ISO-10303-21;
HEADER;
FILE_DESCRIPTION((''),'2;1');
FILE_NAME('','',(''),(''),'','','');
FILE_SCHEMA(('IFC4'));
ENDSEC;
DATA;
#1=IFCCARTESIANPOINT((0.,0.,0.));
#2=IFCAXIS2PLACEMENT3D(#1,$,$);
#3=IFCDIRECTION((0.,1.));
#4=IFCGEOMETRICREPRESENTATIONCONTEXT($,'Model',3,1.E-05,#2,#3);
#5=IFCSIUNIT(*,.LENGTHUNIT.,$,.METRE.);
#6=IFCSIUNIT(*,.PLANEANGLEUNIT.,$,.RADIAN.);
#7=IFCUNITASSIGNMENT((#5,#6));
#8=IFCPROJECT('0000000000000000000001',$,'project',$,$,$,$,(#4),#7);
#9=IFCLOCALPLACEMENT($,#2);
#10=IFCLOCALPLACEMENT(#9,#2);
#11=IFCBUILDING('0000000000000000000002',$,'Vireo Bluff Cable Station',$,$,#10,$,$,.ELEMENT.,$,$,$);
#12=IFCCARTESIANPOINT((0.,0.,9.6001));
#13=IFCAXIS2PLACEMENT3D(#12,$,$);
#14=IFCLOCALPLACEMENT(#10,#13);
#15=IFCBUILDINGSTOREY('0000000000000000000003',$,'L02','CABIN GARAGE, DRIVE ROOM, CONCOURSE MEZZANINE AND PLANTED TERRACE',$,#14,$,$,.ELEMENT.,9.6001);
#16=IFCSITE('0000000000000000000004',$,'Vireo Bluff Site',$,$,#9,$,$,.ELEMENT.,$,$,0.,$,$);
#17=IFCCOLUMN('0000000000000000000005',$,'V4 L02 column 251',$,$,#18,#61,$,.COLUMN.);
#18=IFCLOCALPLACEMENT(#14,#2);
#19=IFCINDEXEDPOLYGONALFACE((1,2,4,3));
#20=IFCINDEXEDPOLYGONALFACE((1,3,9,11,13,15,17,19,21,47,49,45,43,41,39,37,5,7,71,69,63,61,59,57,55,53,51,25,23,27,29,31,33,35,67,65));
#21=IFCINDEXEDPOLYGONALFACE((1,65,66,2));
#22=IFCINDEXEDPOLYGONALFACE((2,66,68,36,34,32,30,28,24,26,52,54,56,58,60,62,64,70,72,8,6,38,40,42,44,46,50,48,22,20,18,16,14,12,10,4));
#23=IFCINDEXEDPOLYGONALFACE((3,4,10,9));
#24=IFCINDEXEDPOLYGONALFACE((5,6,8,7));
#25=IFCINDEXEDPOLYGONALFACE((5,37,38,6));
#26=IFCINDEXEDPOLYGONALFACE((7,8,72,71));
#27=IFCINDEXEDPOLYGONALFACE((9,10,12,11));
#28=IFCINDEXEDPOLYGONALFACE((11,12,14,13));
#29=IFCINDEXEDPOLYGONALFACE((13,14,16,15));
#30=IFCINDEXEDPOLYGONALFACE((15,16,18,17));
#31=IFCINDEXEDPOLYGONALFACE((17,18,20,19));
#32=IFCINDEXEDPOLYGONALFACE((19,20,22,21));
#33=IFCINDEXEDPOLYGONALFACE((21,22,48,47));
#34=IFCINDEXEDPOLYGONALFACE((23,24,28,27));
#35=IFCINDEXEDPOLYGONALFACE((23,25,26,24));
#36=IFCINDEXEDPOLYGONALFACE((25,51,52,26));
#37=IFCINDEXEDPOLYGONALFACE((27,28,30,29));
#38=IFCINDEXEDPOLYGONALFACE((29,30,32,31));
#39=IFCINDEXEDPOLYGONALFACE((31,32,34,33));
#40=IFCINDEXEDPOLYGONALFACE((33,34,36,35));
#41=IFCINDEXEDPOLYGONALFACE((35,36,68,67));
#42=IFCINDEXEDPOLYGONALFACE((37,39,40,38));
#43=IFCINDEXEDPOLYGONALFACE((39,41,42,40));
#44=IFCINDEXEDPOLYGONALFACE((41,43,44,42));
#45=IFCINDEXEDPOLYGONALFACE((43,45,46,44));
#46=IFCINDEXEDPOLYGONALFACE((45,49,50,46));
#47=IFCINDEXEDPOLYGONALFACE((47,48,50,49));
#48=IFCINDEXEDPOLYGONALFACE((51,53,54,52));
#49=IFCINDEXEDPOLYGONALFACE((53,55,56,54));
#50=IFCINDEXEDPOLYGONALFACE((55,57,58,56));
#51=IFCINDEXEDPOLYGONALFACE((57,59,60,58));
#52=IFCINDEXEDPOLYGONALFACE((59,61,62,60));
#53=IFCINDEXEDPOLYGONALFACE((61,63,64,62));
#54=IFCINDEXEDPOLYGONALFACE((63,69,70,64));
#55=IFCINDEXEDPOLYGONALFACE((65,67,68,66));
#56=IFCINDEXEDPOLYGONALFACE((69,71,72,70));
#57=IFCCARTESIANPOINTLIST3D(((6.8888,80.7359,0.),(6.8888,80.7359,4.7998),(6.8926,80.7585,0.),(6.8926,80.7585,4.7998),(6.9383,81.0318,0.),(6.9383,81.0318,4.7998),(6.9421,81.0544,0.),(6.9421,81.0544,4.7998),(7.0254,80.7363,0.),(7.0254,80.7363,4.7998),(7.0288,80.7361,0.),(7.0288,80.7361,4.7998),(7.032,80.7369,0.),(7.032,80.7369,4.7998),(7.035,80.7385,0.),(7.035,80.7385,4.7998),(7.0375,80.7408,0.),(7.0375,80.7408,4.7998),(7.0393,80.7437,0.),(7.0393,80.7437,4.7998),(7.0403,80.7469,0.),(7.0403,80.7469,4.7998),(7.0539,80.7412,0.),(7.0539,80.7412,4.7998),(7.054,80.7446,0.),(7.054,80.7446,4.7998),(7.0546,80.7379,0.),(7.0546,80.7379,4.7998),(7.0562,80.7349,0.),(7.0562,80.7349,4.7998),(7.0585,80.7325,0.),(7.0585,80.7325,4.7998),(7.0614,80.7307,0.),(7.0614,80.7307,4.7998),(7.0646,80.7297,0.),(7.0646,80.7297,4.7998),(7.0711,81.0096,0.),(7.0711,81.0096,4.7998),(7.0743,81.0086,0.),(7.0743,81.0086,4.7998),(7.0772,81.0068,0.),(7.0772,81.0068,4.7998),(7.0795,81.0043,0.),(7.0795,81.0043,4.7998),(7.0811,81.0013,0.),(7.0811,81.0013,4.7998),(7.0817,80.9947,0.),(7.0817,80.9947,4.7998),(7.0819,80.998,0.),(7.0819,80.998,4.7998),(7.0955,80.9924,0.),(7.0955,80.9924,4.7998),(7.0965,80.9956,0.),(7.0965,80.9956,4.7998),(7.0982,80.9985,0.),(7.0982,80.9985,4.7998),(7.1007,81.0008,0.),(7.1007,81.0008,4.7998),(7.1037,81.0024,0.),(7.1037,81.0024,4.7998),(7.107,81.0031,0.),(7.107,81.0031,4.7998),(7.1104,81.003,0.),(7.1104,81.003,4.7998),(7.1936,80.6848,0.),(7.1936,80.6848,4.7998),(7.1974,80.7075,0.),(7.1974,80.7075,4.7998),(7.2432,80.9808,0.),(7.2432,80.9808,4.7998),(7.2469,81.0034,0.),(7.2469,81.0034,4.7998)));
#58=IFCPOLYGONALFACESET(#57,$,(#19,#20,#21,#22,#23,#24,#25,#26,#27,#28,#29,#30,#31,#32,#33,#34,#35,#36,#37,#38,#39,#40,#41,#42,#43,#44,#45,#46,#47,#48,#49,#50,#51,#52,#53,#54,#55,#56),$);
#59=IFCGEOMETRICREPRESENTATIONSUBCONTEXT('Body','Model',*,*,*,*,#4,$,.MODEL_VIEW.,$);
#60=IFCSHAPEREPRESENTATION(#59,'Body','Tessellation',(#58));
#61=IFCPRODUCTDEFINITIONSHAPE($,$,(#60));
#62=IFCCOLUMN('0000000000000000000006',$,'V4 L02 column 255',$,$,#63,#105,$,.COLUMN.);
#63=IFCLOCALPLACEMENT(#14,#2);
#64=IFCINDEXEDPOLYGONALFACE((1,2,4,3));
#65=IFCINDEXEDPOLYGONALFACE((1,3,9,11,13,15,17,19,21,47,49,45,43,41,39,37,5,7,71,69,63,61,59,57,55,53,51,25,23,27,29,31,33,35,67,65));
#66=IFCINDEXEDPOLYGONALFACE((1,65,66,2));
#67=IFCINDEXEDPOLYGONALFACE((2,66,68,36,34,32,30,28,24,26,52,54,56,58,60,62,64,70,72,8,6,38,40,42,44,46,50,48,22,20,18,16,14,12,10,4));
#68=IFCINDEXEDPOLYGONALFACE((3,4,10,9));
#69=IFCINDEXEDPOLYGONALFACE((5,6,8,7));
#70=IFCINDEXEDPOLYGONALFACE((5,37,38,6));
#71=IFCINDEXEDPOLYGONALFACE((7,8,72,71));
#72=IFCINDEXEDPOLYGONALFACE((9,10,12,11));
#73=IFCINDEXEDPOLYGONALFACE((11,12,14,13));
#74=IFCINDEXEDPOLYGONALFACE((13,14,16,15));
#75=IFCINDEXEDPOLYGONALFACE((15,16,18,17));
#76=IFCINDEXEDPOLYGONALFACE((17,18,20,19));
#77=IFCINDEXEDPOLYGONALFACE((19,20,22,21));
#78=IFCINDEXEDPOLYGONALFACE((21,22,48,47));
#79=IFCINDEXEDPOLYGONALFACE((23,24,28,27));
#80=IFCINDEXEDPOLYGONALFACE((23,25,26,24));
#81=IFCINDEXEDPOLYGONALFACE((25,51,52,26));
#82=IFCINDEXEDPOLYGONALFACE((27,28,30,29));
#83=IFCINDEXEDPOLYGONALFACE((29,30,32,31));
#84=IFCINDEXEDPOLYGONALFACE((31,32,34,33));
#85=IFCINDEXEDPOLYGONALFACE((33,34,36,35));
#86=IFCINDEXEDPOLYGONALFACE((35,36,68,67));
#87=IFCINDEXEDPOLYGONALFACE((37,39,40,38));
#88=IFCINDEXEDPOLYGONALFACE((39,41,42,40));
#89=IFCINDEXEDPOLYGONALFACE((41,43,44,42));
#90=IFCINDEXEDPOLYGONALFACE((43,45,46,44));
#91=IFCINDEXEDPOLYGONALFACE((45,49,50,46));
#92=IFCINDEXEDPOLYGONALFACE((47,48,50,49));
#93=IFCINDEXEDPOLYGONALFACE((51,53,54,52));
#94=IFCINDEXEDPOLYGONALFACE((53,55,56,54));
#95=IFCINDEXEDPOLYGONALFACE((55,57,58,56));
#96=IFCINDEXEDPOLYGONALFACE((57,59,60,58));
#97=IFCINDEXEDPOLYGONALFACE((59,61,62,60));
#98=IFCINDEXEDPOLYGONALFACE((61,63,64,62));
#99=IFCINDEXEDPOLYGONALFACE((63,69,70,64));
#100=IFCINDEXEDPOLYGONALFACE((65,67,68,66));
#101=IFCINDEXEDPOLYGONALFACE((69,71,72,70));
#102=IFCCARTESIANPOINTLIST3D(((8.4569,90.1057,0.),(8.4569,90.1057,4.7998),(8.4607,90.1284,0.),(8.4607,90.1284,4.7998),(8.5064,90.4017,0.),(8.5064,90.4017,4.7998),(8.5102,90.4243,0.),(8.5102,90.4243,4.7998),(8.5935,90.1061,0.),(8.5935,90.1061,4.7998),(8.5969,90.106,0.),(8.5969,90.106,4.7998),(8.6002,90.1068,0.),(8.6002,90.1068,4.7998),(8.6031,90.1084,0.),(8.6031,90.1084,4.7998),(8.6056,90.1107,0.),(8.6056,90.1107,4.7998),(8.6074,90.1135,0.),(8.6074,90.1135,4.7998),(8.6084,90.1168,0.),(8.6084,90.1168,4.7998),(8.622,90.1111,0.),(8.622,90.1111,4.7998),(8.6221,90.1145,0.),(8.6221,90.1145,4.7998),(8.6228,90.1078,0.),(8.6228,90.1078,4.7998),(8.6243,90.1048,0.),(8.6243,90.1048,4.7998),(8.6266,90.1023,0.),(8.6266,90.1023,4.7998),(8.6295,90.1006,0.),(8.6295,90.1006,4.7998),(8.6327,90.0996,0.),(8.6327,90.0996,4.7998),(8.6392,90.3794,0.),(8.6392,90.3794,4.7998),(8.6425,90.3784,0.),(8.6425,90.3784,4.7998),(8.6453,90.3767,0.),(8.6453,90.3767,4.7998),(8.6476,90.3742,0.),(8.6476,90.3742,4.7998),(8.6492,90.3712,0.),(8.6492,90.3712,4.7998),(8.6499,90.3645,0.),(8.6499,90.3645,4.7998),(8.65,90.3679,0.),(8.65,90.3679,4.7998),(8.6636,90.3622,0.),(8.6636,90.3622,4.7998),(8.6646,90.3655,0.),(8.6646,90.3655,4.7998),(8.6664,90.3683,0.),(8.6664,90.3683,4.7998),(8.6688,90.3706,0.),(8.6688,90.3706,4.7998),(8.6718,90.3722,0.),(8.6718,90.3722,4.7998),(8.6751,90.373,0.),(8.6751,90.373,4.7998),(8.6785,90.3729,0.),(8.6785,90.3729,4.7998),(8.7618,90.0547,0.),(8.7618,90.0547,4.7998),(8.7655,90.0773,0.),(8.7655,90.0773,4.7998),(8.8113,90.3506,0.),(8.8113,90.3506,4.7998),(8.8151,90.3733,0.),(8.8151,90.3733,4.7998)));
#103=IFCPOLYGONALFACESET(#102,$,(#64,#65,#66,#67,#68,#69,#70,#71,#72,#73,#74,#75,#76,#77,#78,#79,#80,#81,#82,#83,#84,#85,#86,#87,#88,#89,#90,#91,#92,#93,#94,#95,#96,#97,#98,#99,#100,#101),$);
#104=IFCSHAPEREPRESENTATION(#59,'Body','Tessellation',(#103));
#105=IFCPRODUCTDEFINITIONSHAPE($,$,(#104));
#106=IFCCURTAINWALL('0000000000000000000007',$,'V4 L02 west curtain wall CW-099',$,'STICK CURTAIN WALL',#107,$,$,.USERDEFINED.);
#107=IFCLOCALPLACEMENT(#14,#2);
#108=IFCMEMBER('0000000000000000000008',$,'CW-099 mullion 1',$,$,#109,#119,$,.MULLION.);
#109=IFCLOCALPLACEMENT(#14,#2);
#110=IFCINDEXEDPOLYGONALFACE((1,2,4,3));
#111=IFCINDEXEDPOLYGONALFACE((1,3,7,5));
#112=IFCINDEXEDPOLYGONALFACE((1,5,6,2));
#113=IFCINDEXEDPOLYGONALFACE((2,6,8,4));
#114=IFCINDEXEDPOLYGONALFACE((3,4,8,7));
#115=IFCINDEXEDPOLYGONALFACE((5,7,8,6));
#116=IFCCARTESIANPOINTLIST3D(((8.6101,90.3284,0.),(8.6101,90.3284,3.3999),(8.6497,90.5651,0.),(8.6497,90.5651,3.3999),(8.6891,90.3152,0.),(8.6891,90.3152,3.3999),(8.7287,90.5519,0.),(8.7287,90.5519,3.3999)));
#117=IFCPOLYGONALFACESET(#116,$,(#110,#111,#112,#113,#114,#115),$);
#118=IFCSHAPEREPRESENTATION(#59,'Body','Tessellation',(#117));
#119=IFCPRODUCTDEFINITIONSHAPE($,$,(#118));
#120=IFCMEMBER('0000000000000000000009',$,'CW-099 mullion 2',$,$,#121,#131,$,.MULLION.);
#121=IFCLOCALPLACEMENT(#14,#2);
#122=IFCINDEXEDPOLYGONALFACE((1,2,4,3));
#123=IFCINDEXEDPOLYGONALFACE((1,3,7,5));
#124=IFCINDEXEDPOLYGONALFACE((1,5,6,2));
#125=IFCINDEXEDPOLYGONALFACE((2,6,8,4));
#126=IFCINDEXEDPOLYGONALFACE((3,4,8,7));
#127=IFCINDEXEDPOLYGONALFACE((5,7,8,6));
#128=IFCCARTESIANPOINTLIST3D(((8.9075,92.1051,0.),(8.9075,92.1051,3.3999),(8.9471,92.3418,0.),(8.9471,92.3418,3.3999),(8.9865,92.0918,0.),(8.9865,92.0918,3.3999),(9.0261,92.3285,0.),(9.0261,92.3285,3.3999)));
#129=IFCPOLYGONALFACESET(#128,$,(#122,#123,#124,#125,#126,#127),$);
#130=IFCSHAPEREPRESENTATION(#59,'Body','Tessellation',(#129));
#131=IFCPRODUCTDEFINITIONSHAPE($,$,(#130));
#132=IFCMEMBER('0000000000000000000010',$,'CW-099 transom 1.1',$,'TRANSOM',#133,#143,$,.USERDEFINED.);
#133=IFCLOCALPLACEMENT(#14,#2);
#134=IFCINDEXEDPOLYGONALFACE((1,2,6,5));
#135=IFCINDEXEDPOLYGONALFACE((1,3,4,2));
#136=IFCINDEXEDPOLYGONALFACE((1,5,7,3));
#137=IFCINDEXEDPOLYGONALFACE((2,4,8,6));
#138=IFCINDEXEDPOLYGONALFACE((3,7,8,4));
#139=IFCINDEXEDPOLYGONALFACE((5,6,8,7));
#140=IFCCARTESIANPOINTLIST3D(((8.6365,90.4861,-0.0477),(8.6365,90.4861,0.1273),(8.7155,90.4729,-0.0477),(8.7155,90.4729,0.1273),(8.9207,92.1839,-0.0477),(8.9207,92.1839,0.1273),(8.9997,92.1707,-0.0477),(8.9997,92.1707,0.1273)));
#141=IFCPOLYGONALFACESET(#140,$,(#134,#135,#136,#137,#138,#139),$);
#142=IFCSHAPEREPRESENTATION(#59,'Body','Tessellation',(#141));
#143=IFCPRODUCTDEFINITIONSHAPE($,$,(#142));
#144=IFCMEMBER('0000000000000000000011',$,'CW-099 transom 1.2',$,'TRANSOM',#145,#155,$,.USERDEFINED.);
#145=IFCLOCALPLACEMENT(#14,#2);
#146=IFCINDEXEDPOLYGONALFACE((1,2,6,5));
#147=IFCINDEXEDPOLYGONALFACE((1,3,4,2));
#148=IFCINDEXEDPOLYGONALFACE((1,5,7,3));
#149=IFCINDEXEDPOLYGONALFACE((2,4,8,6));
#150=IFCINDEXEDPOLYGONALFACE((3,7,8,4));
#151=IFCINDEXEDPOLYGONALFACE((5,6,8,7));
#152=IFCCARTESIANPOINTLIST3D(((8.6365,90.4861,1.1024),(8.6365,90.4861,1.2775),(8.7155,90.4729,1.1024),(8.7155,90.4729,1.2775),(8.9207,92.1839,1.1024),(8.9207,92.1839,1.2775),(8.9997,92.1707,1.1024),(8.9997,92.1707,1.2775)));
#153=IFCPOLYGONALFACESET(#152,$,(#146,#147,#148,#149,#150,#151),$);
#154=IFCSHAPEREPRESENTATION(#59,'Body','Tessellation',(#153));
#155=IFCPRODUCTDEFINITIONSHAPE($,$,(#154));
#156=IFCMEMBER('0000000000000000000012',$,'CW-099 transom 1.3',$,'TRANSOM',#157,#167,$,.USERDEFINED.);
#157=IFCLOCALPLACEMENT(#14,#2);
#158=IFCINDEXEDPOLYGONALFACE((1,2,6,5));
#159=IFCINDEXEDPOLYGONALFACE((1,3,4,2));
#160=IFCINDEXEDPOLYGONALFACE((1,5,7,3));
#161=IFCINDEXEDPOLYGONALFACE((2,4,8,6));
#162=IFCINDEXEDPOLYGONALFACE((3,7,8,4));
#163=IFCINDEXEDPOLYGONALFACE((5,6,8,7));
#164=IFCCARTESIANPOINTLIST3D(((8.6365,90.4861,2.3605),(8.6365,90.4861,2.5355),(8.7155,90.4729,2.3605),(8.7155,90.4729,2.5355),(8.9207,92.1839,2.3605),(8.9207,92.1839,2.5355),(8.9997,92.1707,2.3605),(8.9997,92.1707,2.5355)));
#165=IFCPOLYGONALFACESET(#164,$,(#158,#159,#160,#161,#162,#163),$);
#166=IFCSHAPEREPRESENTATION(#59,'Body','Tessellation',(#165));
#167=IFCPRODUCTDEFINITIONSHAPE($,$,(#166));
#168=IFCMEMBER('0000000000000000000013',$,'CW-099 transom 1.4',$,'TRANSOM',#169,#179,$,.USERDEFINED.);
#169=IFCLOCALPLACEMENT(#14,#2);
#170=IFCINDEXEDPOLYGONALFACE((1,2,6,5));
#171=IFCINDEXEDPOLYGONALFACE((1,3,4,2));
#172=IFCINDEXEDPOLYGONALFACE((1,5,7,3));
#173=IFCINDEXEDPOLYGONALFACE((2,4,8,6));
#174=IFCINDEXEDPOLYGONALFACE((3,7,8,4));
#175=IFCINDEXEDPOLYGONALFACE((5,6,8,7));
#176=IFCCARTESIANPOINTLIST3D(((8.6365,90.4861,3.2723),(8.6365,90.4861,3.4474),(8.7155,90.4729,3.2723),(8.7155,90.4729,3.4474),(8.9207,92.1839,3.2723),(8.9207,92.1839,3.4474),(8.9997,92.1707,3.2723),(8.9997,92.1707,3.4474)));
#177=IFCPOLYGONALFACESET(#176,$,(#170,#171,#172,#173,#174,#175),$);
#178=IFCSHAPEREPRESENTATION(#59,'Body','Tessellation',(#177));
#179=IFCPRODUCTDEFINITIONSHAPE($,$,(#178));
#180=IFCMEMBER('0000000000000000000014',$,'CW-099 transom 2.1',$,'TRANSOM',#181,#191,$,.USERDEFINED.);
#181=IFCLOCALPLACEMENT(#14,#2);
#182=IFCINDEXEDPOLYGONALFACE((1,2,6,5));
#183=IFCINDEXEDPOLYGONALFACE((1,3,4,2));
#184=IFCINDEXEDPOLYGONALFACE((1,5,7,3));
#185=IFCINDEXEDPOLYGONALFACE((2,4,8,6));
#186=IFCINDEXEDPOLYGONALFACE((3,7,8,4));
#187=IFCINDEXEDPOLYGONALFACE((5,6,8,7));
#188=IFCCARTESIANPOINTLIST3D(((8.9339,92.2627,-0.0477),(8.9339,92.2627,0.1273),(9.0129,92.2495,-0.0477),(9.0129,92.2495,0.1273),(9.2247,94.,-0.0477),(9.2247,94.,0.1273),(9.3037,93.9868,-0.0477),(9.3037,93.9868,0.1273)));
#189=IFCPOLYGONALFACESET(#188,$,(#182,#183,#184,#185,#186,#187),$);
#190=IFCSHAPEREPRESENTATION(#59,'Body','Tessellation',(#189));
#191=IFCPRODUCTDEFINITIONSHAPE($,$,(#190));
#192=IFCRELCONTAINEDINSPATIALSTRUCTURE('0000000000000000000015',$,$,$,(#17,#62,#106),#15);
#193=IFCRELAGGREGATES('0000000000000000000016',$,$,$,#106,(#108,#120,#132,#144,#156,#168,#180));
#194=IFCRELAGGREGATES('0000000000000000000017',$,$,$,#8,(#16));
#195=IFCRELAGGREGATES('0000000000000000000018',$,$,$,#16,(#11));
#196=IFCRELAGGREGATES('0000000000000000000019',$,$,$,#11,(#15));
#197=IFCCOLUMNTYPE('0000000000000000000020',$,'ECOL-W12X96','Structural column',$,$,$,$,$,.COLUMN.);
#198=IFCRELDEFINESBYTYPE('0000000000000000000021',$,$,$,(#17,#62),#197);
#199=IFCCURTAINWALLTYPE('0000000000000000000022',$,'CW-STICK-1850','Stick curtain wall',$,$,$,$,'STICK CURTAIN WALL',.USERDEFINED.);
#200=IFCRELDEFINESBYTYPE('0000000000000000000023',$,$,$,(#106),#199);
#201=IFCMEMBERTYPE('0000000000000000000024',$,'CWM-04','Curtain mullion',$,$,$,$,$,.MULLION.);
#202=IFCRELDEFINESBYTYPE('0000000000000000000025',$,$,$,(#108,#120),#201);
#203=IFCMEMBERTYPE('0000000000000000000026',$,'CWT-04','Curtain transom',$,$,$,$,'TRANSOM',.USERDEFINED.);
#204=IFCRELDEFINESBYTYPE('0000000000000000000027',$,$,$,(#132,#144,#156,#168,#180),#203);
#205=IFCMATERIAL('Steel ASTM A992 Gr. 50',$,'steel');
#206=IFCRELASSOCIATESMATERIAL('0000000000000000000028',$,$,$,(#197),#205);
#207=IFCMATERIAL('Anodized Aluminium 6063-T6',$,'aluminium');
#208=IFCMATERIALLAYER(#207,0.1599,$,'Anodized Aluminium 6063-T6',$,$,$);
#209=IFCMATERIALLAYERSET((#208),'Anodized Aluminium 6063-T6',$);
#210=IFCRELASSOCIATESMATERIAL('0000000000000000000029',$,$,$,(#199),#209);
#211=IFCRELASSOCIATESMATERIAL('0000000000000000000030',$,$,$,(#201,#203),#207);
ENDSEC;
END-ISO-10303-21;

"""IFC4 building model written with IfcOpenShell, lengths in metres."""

from ifc_helpers import new_model, si_unit, direction, frame, origin, origin_2d, place, context, subcontext, project, spatial, rectangle, i_section, extrude, material, layer, layer_set, material_profile, profile_set, type_object, element, aggregate, save


model = new_model("IFC4")

# Units and contexts
model_context = context("Model", 3, precision=1e-05, world=origin(), true_north=direction((0.0, 1.0)))
body_context = subcontext(model_context, "Body", "Model", "MODEL_VIEW")
ifc_project = project(units=[si_unit("LENGTHUNIT", "METRE"), si_unit("PLANEANGLEUNIT", "RADIAN")], contexts=[model_context])

# Site, building, storey
site_placement = place(None, origin())
site = spatial("IfcSite", under=ifc_project, at=site_placement, Name="Vireo Bluff Site", CompositionType="ELEMENT", RefElevation=0.0)
building_placement = place(site_placement, origin())
building = spatial("IfcBuilding", under=site, at=building_placement, Name="Vireo Bluff Cable Station", CompositionType="ELEMENT")
storey_placement = place(building_placement, frame((0.0, 0.0, 9.6001)))
storey = spatial("IfcBuildingStorey", under=building, at=storey_placement, Name="L02", Description="CABIN GARAGE, DRIVE ROOM, CONCOURSE MEZZANINE AND PLANTED TERRACE", CompositionType="ELEMENT", Elevation=9.6001)

# Columns
ifc_material_1 = material(Name="Steel ASTM A992 Gr. 50", Category="steel")
ifc_material_profile_1 = material_profile(ifc_material_1, i_section(OverallWidth=0.3091, OverallDepth=0.323, WebThickness=0.0139, FlangeThickness=0.0229, FilletRadius=0.0129, at=origin_2d()), Name="W12X96")
ifc_profile_set_1 = profile_set([ifc_material_profile_1], Name="Steel ASTM A992 Gr. 50")
column_type = type_object("IfcColumnType", Name="ECOL-W12X96", Description="Structural column", PredefinedType="COLUMN", material=ifc_profile_set_1)
for number, where, z_axis, x_axis, name in (
    (1, (7.0679, 80.8696, 0.0), (0.0, 0.0, 1.0), (0.986286, -0.165048, 0.0), "V4 L02 column 251"),
    (2, (8.636, 90.2395, 0.0), (0.0, 0.0, 1.0), (0.986286, -0.165048, 0.0), "V4 L02 column 255"),
):
    element("IfcColumn", number, at=place(storey_placement, frame(where, z_axis=z_axis, x_axis=x_axis)), inside=storey, type_object=column_type, Name=name, PredefinedType="COLUMN", context=body_context, shape_type="SweptSolid", body=[
        extrude(i_section(OverallWidth=0.3091, OverallDepth=0.323, WebThickness=0.0139, FlangeThickness=0.0229, FilletRadius=0.0129, at=origin_2d()), origin(), (0.0, 0.0, 1.0), 4.7998),
    ])

# Curtain wall, members
ifc_material_2 = material(Name="Anodized Aluminium 6063-T6", Category="aluminium")
ifc_layer_1 = layer(ifc_material_2, 0.1599, Name="Anodized Aluminium 6063-T6")
ifc_layer_set_1 = layer_set([ifc_layer_1], Name="Anodized Aluminium 6063-T6")
curtain_wall_type = type_object("IfcCurtainWallType", Name="CW-STICK-1850", Description="Stick curtain wall", ElementType="STICK CURTAIN WALL", PredefinedType="USERDEFINED", material=ifc_layer_set_1)
curtain_wall_placement = place(storey_placement, origin())
curtain_wall = element("IfcCurtainWall", 3, at=curtain_wall_placement, inside=storey, type_object=curtain_wall_type, Name="V4 L02 west curtain wall CW-099", ObjectType="STICK CURTAIN WALL", PredefinedType="USERDEFINED")
ifc_material_profile_2 = material_profile(ifc_material_2, rectangle(XDim=0.0801, YDim=0.24, at=origin_2d()), Name="ALU-M-80X240")
ifc_profile_set_2 = profile_set([ifc_material_profile_2], Name="Anodized Aluminium 6063-T6")
member_type_1 = type_object("IfcMemberType", Name="CWM-04", Description="Curtain mullion", PredefinedType="MULLION", material=ifc_profile_set_2)
member_1_placement = place(storey_placement, frame((8.6694, 90.4402, 0.0), z_axis=(0.0, 0.0, 1.0), x_axis=(-0.986286, 0.165048, 0.0)))
member_1 = element("IfcMember", 4, at=member_1_placement, type_object=member_type_1, Name="CW-099 mullion 1", PredefinedType="MULLION", context=body_context, shape_type="SweptSolid", body=[
    extrude(rectangle(XDim=0.0801, YDim=0.24, at=origin_2d()), origin(), (0.0, 0.0, 1.0), 3.3999),
])
member_2_placement = place(storey_placement, frame((8.9668, 92.2168, 0.0), z_axis=(0.0, 0.0, 1.0), x_axis=(-0.986286, 0.165048, 0.0)))
member_2 = element("IfcMember", 5, at=member_2_placement, type_object=member_type_1, Name="CW-099 mullion 2", PredefinedType="MULLION", context=body_context, shape_type="SweptSolid", body=[
    extrude(rectangle(XDim=0.0801, YDim=0.24, at=origin_2d()), origin(), (0.0, 0.0, 1.0), 3.3999),
])
ifc_material_profile_3 = material_profile(ifc_material_2, rectangle(XDim=0.0801, YDim=0.175, at=origin_2d()), Name="ALU-T-80X175")
ifc_profile_set_3 = profile_set([ifc_material_profile_3], Name="Anodized Aluminium 6063-T6")
member_type_2 = type_object("IfcMemberType", Name="CWT-04", Description="Curtain transom", ElementType="TRANSOM", PredefinedType="USERDEFINED", material=ifc_profile_set_3)
member_3_placement = place(storey_placement, frame((8.676, 90.4795, 0.0398), z_axis=(0.165089, 0.986279, 0.0), x_axis=(-0.986279, 0.165089, 0.0)))
member_3 = element("IfcMember", 6, at=member_3_placement, type_object=member_type_2, Name="CW-099 transom 1.1", ObjectType="TRANSOM", PredefinedType="USERDEFINED", context=body_context, shape_type="SweptSolid", body=[
    extrude(rectangle(XDim=0.0801, YDim=0.175, at=origin_2d()), origin(), (0.0, 0.0, 1.0), 1.7214),
])
member_4_placement = place(storey_placement, frame((8.676, 90.4795, 1.1899), z_axis=(0.165089, 0.986279, 0.0), x_axis=(-0.986279, 0.165089, 0.0)))
member_4 = element("IfcMember", 7, at=member_4_placement, type_object=member_type_2, Name="CW-099 transom 1.2", ObjectType="TRANSOM", PredefinedType="USERDEFINED", context=body_context, shape_type="SweptSolid", body=[
    extrude(rectangle(XDim=0.0801, YDim=0.175, at=origin_2d()), origin(), (0.0, 0.0, 1.0), 1.7214),
])
member_5_placement = place(storey_placement, frame((8.676, 90.4795, 2.448), z_axis=(0.165089, 0.986279, 0.0), x_axis=(-0.986279, 0.165089, 0.0)))
member_5 = element("IfcMember", 8, at=member_5_placement, type_object=member_type_2, Name="CW-099 transom 1.3", ObjectType="TRANSOM", PredefinedType="USERDEFINED", context=body_context, shape_type="SweptSolid", body=[
    extrude(rectangle(XDim=0.0801, YDim=0.175, at=origin_2d()), origin(), (0.0, 0.0, 1.0), 1.7214),
])
member_6_placement = place(storey_placement, frame((8.676, 90.4795, 3.3599), z_axis=(0.165089, 0.986279, 0.0), x_axis=(-0.986279, 0.165089, 0.0)))
member_6 = element("IfcMember", 9, at=member_6_placement, type_object=member_type_2, Name="CW-099 transom 1.4", ObjectType="TRANSOM", PredefinedType="USERDEFINED", context=body_context, shape_type="SweptSolid", body=[
    extrude(rectangle(XDim=0.0801, YDim=0.175, at=origin_2d()), origin(), (0.0, 0.0, 1.0), 1.7214),
])
member_7_placement = place(storey_placement, frame((8.9734, 92.2561, 0.0398), z_axis=(0.165073, 0.986281, 0.0), x_axis=(-0.986281, 0.165073, 0.0)))
member_7 = element("IfcMember", 10, at=member_7_placement, type_object=member_type_2, Name="CW-099 transom 2.1", ObjectType="TRANSOM", PredefinedType="USERDEFINED", context=body_context, shape_type="SweptSolid", body=[
    extrude(rectangle(XDim=0.0801, YDim=0.175, at=origin_2d()), origin(), (0.0, 0.0, 1.0), 1.7615),
])

aggregate(curtain_wall, [member_1, member_2, member_3, member_4, member_5, member_6, member_7])

save(model, "model.ifc")
